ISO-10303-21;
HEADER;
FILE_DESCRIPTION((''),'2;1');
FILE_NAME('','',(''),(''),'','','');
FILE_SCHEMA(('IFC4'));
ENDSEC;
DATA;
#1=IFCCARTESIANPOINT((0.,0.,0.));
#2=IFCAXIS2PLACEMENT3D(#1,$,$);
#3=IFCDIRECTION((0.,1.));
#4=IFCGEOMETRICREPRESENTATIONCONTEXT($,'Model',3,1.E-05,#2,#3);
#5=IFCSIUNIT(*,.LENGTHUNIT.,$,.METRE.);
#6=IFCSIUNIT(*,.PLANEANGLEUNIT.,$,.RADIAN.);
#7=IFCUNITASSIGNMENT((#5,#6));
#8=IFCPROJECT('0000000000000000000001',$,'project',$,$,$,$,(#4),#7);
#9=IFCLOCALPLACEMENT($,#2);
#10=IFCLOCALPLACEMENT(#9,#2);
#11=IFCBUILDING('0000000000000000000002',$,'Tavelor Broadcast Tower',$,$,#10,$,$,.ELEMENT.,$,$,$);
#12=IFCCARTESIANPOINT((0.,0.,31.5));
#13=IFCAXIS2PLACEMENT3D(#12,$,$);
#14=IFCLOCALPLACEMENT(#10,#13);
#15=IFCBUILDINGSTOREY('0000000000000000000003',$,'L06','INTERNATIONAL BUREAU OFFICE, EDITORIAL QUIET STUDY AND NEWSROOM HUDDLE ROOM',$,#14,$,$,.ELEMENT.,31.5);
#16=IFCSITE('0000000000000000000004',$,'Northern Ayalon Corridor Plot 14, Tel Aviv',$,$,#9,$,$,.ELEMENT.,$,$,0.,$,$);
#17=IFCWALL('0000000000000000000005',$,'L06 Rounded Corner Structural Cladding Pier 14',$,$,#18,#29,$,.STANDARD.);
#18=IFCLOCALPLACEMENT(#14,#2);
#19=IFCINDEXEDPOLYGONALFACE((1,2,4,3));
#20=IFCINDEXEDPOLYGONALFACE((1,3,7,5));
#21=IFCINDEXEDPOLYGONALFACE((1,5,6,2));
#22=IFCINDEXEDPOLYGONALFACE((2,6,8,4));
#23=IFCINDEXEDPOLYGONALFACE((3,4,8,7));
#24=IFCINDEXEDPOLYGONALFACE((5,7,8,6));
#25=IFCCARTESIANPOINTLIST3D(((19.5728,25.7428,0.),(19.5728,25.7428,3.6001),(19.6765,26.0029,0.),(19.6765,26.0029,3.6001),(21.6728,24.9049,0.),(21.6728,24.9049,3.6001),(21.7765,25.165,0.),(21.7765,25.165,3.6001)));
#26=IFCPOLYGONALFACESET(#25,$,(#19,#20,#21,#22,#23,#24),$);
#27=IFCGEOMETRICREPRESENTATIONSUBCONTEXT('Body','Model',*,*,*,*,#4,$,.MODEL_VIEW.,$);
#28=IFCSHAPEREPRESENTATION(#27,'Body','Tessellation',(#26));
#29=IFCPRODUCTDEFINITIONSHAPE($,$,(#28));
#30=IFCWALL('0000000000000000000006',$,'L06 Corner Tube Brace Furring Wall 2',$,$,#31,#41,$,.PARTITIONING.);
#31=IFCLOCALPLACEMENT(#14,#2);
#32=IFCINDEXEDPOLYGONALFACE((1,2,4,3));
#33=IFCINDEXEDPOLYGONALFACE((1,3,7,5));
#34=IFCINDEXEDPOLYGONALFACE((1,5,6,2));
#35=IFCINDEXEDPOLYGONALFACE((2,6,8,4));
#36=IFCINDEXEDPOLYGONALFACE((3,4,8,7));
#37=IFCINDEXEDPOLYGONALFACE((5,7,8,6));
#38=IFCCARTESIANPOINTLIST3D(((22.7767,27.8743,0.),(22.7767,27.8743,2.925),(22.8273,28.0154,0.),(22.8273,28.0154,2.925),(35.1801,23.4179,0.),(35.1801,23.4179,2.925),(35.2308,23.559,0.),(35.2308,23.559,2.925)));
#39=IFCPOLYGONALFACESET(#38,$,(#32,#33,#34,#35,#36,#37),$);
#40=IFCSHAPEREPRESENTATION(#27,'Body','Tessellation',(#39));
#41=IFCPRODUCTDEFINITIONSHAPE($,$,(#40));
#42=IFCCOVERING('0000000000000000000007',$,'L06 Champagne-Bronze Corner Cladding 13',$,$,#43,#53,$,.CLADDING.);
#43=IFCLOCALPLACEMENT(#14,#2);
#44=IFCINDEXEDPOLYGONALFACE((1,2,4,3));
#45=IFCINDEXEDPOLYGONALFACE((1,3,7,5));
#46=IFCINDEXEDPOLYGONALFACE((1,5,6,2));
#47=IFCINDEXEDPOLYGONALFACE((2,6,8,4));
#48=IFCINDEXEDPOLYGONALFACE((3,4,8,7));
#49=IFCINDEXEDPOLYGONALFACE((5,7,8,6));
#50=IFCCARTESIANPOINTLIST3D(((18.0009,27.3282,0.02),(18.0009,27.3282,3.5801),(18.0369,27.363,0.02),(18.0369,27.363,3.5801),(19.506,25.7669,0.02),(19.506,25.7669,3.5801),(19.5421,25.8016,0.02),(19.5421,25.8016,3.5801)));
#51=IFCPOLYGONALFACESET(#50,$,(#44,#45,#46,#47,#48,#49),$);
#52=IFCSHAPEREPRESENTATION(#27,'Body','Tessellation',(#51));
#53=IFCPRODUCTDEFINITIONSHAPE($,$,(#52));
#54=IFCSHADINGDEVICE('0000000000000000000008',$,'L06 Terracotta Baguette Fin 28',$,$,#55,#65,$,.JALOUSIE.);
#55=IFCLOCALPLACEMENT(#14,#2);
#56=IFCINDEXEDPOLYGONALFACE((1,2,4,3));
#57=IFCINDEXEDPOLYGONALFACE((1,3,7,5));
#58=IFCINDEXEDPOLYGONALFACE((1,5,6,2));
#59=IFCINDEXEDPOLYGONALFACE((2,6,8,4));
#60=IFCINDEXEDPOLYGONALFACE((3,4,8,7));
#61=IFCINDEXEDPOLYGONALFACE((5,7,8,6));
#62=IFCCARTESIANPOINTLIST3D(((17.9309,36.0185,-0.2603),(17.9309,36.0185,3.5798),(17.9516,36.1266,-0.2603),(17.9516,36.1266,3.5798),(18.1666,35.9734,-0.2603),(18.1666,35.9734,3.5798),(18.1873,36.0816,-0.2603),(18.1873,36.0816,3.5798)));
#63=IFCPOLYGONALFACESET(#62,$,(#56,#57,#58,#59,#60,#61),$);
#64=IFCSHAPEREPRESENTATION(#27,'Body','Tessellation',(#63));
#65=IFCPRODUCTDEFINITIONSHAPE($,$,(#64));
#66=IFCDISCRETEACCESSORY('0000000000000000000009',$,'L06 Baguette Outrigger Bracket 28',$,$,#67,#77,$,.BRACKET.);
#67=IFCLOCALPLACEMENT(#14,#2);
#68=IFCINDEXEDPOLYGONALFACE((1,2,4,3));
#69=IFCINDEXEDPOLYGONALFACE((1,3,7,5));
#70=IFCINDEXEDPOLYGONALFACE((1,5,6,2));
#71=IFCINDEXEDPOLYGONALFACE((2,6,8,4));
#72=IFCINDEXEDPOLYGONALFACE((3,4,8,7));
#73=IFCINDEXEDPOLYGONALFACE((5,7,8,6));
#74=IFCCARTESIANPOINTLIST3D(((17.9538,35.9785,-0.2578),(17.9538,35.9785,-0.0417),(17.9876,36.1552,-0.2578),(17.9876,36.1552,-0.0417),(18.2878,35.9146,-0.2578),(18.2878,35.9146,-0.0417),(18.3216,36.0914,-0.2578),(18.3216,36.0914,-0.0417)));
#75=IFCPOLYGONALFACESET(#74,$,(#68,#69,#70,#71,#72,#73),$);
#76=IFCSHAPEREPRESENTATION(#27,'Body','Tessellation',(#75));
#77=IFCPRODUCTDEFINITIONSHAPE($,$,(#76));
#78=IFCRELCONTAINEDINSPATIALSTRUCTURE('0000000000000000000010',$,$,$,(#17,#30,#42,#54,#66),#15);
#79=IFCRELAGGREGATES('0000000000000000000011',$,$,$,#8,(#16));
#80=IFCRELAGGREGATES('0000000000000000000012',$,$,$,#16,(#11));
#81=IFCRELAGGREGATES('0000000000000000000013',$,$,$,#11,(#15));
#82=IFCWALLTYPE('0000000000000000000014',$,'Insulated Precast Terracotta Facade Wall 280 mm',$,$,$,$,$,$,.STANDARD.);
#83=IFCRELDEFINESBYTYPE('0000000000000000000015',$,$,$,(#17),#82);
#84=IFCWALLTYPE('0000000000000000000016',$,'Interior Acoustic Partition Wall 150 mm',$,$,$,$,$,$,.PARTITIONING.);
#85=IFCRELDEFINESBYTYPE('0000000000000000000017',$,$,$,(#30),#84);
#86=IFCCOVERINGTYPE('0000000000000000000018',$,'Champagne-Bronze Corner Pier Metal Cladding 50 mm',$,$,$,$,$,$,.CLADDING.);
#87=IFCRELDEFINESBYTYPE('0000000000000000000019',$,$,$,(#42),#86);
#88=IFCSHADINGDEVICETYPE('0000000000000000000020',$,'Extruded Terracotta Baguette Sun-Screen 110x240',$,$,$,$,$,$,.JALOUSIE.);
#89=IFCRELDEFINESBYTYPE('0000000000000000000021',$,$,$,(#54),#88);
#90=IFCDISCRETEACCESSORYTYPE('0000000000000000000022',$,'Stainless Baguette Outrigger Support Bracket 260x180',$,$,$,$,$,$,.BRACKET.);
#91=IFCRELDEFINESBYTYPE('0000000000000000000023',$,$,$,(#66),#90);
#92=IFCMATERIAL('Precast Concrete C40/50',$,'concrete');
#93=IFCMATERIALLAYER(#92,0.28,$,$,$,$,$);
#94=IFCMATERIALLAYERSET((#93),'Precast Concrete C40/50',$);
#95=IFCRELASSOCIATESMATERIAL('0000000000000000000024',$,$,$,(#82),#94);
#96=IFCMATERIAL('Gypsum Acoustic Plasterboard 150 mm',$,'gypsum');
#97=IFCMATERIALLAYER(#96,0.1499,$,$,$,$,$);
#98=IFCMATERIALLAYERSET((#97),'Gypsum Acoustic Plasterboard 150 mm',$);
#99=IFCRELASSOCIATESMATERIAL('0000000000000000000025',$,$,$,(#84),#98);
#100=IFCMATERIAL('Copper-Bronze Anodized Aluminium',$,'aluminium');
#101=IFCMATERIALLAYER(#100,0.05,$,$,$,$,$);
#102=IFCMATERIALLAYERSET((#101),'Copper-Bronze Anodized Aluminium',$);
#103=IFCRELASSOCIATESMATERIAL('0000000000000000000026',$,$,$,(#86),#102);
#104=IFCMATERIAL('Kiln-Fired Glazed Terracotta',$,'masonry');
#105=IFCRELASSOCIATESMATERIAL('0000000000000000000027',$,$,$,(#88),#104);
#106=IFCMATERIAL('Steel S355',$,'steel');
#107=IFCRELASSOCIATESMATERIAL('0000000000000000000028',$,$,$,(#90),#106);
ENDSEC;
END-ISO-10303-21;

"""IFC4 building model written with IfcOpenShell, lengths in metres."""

from ifc_helpers import new_model, si_unit, direction, frame, frame_2d, origin, origin_2d, place, context, subcontext, project, spatial, rectangle, extrude, source, transform, mapped, material, layer, layer_set, type_object, type_shapes, element, save


model = new_model("IFC4")

# Units and contexts
model_context = context("Model", 3, precision=1e-05, world=origin(), true_north=direction((0.0, 1.0)))
body_context = subcontext(model_context, "Body", "Model", "MODEL_VIEW")
ifc_project = project(units=[si_unit("LENGTHUNIT", "METRE"), si_unit("PLANEANGLEUNIT", "RADIAN")], contexts=[model_context])

# Site, building, storey
site_placement = place(None, origin())
site = spatial("IfcSite", under=ifc_project, at=site_placement, Name="Northern Ayalon Corridor Plot 14, Tel Aviv", CompositionType="ELEMENT", RefElevation=0.0)
building_placement = place(site_placement, origin())
building = spatial("IfcBuilding", under=site, at=building_placement, Name="Tavelor Broadcast Tower", CompositionType="ELEMENT")
storey_placement = place(building_placement, frame((0.0, 0.0, 31.5)))
storey = spatial("IfcBuildingStorey", under=building, at=storey_placement, Name="L06", Description="INTERNATIONAL BUREAU OFFICE, EDITORIAL QUIET STUDY AND NEWSROOM HUDDLE ROOM", CompositionType="ELEMENT", Elevation=31.5)

# Shared definitions
ifc_material_1 = material(Name="Steel S355", Category="steel")

# Walls
ifc_material_2 = material(Name="Precast Concrete C40/50", Category="concrete")
ifc_layer_1 = layer(ifc_material_2, 0.28)
ifc_layer_set_1 = layer_set([ifc_layer_1], Name="Precast Concrete C40/50")
wall_type_1 = type_object("IfcWallType", Name="Insulated Precast Terracotta Facade Wall 280 mm", PredefinedType="STANDARD", material=ifc_layer_set_1)
wall_1_placement = place(storey_placement, frame((19.6248, 25.8728, 0.0), z_axis=(0.0, 0.0, 1.0), x_axis=(0.928804, -0.370571, 0.0)))
element("IfcWall", 1, at=wall_1_placement, inside=storey, type_object=wall_type_1, Name="L06 Rounded Corner Structural Cladding Pier 14", PredefinedType="STANDARD", context=body_context, shape_type="SweptSolid", body=[
    extrude(rectangle(XDim=2.261, YDim=0.28, at=frame_2d((1.1304, 0.0))), origin(), (0.0, 0.0, 1.0), 3.6001),
])
ifc_material_3 = material(Name="Gypsum Acoustic Plasterboard 150 mm", Category="gypsum")
ifc_layer_2 = layer(ifc_material_3, 0.1499)
ifc_layer_set_2 = layer_set([ifc_layer_2], Name="Gypsum Acoustic Plasterboard 150 mm")
wall_type_2 = type_object("IfcWallType", Name="Interior Acoustic Partition Wall 150 mm", PredefinedType="PARTITIONING", material=ifc_layer_set_2)
wall_2_placement = place(storey_placement, frame((22.802, 27.9448, 0.0), z_axis=(0.0, 0.0, 1.0), x_axis=(0.941102, -0.338122, 0.0)))
element("IfcWall", 2, at=wall_2_placement, inside=storey, type_object=wall_type_2, Name="L06 Corner Tube Brace Furring Wall 2", PredefinedType="PARTITIONING", context=body_context, shape_type="SweptSolid", body=[
    extrude(rectangle(XDim=13.1797, YDim=0.1499, at=frame_2d((6.5898, 0.0))), origin(), (0.0, 0.0, 1.0), 2.925),
])

# Covering
ifc_material_4 = material(Name="Copper-Bronze Anodized Aluminium", Category="aluminium")
ifc_layer_3 = layer(ifc_material_4, 0.05)
ifc_layer_set_3 = layer_set([ifc_layer_3], Name="Copper-Bronze Anodized Aluminium")
covering_type = type_object("IfcCoveringType", Name="Champagne-Bronze Corner Pier Metal Cladding 50 mm", PredefinedType="CLADDING", material=ifc_layer_set_3)
covering_placement = place(storey_placement, frame((18.7715, 26.5649, 0.02), z_axis=(0.0, 0.0, 1.0), x_axis=(0.69403, -0.719946, 0.0)))
element("IfcCovering", 3, at=covering_placement, inside=storey, type_object=covering_type, Name="L06 Champagne-Bronze Corner Cladding 13", PredefinedType="CLADDING", context=body_context, shape_type="SweptSolid", body=[
    extrude(rectangle(XDim=2.1687, YDim=0.05, at=origin_2d()), origin(), (0.0, 0.0, 1.0), 3.5601),
])

# Shading device
ifc_material_5 = material(Name="Kiln-Fired Glazed Terracotta", Category="masonry")
shading_device_type = type_object("IfcShadingDeviceType", Name="Extruded Terracotta Baguette Sun-Screen 110x240", PredefinedType="JALOUSIE", material=ifc_material_5)
shared_shape_1 = source(origin(), body_context, "Body", "SweptSolid", [
    extrude(rectangle(XDim=0.1101, YDim=0.24, at=origin_2d()), origin(), (0.0, 0.0, 1.0), 3.8401),
])
type_shapes(shading_device_type, [shared_shape_1])
shading_device_placement = place(storey_placement, frame((18.0591, 36.05, -0.2603), z_axis=(0.0, 0.0, 1.0), x_axis=(-0.187724, -0.982222, 0.0)))
element("IfcShadingDevice", 4, at=shading_device_placement, inside=storey, type_object=shading_device_type, Name="L06 Terracotta Baguette Fin 28", PredefinedType="JALOUSIE", context=body_context, shape_type="MappedRepresentation", body=[
    mapped(shared_shape_1, transform((0.0, 0.0, 0.0), scale=1.0)),
])

# Discrete accessory
discrete_accessory_type = type_object("IfcDiscreteAccessoryType", Name="Stainless Baguette Outrigger Support Bracket 260x180", PredefinedType="BRACKET", material=ifc_material_1)
shared_shape_2 = source(origin(), body_context, "Body", "SweptSolid", [
    extrude(rectangle(XDim=0.1799, YDim=0.3401, at=origin_2d()), origin(), (0.0, 0.0, 1.0), 0.2161),
])
type_shapes(discrete_accessory_type, [shared_shape_2])
discrete_accessory_placement = place(storey_placement, frame((18.1377, 36.0349, -0.2578), z_axis=(0.0, 0.0, 1.0), x_axis=(-0.187724, -0.982222, 0.0)))
element("IfcDiscreteAccessory", 5, at=discrete_accessory_placement, inside=storey, type_object=discrete_accessory_type, Name="L06 Baguette Outrigger Bracket 28", PredefinedType="BRACKET", context=body_context, shape_type="MappedRepresentation", body=[
    mapped(shared_shape_2, transform((0.0, 0.0, 0.0), scale=1.0)),
])

save(model, "model.ifc")
